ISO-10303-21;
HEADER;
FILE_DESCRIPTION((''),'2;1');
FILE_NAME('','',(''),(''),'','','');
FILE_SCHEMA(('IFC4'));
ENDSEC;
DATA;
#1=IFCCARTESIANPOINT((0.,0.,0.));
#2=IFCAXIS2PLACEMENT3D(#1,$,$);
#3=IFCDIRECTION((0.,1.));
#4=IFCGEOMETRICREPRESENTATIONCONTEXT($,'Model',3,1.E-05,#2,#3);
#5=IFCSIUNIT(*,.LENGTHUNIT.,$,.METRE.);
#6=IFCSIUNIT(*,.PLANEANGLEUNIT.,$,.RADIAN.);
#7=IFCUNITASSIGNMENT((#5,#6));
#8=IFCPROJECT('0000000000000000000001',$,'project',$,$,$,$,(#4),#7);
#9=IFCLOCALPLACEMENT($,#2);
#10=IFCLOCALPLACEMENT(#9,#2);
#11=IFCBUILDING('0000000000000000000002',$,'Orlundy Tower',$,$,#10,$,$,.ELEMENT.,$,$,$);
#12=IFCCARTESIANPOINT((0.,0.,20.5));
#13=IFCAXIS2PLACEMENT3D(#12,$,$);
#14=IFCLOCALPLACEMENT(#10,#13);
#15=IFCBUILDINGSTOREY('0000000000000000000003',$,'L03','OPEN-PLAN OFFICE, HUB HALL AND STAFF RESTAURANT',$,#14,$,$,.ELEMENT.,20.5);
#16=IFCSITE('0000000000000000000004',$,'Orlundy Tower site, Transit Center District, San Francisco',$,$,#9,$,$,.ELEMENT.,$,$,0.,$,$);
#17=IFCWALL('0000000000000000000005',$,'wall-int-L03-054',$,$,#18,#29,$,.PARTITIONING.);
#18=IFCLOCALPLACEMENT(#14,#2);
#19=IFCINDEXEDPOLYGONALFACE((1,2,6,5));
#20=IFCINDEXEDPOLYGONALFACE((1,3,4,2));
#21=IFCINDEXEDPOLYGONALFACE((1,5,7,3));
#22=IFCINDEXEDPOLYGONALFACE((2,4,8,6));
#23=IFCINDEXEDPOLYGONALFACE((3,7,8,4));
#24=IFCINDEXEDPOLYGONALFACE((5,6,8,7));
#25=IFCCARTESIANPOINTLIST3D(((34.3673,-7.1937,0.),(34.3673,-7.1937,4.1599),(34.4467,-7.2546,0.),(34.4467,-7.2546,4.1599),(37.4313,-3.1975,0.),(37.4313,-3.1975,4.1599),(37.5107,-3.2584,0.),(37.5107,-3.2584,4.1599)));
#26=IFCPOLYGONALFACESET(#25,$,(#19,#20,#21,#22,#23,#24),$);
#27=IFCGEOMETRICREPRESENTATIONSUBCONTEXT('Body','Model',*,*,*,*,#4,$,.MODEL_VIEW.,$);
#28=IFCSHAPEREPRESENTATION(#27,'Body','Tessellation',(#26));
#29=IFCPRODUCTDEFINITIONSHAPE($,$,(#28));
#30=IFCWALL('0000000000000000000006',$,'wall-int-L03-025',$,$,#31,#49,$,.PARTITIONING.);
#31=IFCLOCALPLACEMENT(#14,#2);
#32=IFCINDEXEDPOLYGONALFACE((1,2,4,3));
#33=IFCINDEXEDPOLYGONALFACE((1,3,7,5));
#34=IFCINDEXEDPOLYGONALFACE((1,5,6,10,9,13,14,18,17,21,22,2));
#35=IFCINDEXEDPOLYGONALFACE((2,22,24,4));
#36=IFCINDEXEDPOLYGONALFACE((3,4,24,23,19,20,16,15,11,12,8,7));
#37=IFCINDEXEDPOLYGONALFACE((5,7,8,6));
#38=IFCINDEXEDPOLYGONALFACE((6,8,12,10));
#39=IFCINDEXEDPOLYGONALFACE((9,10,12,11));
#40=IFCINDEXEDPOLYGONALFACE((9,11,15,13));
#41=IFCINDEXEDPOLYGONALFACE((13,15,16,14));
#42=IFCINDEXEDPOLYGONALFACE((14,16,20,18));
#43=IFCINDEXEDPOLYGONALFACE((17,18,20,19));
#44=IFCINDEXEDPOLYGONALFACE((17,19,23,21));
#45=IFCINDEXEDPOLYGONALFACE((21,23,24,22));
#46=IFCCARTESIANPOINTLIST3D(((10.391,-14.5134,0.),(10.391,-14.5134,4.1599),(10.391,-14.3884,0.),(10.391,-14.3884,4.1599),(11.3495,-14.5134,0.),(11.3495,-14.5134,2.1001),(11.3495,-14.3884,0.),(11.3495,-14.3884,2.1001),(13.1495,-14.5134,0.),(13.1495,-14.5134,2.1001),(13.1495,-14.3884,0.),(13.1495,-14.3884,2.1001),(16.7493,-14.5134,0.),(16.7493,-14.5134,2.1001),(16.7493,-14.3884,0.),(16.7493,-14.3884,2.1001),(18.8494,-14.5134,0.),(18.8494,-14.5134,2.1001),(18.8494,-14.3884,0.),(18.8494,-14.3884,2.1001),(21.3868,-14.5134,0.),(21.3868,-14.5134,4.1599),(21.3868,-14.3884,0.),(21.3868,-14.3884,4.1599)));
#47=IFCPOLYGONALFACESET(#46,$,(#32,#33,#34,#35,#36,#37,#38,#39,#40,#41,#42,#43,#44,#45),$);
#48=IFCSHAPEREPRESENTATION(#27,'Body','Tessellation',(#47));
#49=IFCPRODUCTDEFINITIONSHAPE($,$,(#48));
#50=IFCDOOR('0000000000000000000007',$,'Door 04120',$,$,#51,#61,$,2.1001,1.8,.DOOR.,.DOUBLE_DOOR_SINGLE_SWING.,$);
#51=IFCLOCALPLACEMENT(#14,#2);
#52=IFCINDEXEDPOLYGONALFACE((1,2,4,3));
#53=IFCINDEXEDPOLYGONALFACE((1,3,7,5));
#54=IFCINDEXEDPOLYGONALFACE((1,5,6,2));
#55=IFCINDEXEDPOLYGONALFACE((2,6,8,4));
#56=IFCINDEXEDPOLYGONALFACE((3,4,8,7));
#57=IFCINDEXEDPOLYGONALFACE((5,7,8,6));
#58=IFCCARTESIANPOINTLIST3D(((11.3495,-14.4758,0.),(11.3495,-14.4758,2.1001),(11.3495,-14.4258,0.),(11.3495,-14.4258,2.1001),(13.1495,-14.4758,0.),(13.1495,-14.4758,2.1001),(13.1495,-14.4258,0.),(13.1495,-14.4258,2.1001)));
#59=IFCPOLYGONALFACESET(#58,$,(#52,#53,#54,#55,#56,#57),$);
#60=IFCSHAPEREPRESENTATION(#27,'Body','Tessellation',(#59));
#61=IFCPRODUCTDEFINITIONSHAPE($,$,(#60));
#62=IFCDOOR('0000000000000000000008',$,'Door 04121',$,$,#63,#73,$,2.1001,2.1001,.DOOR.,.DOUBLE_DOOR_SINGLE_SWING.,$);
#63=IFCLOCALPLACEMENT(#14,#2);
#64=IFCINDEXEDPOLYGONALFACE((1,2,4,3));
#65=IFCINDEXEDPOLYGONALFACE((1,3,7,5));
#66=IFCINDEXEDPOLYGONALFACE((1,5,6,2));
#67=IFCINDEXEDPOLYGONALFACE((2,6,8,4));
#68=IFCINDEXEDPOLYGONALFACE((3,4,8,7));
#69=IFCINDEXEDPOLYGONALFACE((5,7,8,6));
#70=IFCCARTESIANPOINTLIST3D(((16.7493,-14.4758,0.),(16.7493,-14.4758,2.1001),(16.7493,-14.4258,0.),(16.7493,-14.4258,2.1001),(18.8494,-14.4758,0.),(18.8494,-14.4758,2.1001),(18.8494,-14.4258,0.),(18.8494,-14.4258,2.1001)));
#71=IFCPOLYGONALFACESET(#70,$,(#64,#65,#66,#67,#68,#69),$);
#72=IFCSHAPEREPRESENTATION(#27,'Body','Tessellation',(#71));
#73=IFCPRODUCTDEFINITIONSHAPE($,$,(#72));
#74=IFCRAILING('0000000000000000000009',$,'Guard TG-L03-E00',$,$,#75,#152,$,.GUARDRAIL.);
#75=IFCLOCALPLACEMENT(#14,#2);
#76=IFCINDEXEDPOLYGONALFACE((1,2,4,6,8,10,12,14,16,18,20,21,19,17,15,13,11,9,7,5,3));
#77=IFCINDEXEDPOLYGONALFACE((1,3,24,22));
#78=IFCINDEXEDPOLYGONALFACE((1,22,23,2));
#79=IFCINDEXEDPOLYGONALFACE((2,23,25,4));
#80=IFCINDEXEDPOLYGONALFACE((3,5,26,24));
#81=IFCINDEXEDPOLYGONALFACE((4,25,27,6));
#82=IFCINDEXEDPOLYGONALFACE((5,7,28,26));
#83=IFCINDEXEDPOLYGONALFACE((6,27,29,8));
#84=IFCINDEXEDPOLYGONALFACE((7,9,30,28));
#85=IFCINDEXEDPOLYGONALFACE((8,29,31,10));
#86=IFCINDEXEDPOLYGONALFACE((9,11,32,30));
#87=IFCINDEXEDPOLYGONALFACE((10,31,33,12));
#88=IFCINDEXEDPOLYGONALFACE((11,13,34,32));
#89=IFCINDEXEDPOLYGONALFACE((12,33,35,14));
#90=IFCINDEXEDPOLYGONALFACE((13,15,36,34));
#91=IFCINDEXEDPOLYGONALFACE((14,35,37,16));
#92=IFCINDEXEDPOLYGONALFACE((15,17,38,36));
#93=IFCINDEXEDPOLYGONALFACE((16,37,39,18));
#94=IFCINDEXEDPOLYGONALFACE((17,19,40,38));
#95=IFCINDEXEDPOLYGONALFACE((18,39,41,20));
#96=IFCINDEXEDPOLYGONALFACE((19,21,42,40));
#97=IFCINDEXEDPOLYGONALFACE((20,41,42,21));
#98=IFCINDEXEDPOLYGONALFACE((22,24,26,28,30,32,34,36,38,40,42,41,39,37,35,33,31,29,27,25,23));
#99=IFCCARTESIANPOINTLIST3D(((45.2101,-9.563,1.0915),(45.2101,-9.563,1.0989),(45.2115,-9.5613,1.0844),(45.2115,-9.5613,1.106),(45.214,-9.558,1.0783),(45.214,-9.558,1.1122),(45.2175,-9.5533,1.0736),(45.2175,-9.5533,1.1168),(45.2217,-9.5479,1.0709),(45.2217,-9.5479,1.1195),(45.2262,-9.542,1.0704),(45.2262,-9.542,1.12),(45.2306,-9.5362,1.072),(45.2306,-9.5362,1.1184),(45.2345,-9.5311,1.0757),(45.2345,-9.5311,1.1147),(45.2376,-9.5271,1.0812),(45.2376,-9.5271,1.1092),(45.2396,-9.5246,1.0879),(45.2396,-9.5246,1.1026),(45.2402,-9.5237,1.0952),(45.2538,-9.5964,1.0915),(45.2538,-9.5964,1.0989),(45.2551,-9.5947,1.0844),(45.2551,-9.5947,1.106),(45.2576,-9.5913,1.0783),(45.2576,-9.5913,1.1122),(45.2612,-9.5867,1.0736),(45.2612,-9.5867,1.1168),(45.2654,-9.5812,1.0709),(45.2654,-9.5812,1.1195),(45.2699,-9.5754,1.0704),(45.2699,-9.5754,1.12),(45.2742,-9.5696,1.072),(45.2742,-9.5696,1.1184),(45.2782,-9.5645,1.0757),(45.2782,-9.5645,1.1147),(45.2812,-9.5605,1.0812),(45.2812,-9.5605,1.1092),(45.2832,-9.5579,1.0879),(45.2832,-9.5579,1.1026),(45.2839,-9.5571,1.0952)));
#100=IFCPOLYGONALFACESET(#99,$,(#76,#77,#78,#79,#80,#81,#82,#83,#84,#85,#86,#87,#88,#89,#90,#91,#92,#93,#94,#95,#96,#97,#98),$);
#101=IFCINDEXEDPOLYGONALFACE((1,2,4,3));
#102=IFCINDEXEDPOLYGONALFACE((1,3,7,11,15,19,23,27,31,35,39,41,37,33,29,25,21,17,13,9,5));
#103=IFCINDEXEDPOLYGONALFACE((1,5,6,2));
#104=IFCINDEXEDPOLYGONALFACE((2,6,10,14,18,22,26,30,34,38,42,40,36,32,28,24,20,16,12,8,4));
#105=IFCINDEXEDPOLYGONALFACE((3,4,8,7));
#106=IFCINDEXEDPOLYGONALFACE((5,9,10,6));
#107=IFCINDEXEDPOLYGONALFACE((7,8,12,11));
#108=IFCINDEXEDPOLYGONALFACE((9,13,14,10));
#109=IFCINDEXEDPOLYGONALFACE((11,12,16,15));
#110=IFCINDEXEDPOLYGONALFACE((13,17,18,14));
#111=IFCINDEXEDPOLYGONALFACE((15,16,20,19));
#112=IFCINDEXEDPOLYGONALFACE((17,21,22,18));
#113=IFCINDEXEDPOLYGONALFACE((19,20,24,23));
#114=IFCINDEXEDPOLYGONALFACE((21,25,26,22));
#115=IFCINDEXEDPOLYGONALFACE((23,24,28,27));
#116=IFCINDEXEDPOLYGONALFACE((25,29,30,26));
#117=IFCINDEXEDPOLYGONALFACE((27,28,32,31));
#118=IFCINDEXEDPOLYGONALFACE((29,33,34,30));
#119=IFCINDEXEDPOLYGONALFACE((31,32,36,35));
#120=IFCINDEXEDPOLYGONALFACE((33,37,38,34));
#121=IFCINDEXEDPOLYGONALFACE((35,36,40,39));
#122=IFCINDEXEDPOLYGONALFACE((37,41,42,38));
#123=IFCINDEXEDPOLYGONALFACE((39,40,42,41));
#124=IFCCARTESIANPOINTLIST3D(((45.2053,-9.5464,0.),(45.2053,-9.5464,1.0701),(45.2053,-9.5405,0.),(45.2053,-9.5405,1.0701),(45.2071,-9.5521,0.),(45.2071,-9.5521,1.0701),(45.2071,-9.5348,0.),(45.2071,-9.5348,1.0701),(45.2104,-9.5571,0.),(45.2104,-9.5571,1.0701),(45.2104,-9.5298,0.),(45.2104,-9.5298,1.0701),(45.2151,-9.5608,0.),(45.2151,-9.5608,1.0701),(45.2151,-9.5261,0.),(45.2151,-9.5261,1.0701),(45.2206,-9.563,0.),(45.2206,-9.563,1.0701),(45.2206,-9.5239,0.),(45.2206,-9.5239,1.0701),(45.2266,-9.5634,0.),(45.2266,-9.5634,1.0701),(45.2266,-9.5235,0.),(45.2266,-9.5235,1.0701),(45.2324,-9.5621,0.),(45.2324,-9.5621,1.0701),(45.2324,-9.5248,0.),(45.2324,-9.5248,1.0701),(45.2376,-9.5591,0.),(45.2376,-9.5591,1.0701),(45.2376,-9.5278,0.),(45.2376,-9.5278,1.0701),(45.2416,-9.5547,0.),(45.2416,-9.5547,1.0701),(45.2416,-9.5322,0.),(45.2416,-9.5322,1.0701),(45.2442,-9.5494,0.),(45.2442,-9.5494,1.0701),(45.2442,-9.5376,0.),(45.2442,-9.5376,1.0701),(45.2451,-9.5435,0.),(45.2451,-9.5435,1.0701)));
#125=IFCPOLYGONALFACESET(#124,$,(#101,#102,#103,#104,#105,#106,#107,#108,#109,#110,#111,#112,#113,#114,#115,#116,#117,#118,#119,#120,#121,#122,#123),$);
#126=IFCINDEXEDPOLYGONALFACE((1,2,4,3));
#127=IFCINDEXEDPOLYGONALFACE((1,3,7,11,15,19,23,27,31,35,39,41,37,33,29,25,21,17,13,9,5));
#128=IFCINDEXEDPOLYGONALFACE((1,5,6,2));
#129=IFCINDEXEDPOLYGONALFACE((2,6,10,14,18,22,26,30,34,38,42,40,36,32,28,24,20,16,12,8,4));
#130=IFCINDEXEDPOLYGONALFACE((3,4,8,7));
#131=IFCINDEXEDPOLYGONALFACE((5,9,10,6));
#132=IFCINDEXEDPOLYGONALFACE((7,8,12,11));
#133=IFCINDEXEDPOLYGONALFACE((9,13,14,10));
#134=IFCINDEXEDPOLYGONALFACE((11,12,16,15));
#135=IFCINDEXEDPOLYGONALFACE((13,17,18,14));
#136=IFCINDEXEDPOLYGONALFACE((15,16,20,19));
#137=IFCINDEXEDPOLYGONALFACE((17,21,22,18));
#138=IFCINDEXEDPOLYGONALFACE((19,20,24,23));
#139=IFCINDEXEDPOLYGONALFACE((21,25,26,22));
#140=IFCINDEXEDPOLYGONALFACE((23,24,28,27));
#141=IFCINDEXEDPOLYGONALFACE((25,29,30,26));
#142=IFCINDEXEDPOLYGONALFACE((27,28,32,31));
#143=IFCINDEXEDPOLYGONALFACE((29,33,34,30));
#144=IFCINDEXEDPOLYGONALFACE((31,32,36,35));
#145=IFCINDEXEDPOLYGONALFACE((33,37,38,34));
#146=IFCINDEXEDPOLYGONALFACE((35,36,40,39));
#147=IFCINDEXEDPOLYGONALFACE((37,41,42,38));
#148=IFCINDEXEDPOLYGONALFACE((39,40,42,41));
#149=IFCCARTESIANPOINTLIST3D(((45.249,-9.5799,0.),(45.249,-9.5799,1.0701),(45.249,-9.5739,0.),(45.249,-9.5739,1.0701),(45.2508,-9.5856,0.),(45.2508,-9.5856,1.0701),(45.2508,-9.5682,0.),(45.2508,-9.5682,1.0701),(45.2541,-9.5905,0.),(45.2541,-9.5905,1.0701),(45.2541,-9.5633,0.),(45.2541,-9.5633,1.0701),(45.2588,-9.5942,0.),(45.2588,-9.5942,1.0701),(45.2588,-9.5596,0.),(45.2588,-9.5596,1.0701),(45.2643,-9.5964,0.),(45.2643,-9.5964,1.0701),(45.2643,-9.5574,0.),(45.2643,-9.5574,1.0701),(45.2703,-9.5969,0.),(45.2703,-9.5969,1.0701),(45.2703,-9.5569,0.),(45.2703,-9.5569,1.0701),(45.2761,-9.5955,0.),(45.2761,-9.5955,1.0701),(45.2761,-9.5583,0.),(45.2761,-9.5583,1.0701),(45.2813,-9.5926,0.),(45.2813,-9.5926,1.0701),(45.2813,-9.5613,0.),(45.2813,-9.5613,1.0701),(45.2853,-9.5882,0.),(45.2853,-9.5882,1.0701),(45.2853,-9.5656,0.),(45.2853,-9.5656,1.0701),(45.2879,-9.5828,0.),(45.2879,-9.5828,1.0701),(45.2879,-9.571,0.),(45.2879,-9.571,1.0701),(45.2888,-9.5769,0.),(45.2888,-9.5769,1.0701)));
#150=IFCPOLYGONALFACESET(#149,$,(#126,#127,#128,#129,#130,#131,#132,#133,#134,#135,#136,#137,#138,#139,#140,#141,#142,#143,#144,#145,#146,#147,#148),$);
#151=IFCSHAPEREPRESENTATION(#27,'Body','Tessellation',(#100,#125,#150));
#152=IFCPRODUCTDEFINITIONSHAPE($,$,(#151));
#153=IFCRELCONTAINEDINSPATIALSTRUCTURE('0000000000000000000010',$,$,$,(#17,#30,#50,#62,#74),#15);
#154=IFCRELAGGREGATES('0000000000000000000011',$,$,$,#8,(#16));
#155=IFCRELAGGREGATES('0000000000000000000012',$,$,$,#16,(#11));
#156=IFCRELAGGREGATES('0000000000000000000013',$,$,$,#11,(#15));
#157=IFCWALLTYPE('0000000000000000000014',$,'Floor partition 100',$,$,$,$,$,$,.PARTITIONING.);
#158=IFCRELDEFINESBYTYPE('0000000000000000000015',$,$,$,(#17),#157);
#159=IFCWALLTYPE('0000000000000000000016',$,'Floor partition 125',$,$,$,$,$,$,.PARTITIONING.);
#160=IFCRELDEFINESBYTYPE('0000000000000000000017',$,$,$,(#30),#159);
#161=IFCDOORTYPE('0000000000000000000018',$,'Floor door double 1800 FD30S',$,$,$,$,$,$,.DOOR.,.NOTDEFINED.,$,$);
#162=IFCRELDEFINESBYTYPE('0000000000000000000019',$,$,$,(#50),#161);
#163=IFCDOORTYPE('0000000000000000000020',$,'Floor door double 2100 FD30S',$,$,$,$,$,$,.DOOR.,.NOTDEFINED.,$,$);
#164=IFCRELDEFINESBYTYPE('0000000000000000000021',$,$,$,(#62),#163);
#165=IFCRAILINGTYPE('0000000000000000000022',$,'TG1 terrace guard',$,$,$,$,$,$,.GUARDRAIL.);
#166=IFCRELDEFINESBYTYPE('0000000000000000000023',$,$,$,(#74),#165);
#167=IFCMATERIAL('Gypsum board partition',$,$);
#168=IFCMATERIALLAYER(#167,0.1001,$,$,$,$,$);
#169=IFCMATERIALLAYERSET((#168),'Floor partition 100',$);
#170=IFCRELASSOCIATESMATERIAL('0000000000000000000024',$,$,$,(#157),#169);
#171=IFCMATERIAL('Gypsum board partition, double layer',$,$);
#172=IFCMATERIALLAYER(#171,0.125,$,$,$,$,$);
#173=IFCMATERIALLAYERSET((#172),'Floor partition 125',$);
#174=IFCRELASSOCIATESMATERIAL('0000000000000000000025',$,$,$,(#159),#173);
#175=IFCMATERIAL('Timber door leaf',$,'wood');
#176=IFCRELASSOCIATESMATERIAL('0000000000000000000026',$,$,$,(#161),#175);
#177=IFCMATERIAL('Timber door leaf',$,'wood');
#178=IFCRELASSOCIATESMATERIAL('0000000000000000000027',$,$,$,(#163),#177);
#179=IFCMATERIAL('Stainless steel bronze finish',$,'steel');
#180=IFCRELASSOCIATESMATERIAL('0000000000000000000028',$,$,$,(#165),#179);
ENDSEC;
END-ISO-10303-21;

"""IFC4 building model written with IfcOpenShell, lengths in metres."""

from ifc_helpers import new_model, si_unit, direction, frame, frame_2d, origin, origin_2d, place, context, subcontext, project, spatial, rectangle, circle, extrude, material, layer, layer_set, type_object, element, fill, save


model = new_model("IFC4")

# Units and contexts
model_context = context("Model", 3, precision=1e-05, world=origin(), true_north=direction((0.0, 1.0)))
body_context = subcontext(model_context, "Body", "Model", "MODEL_VIEW")
ifc_project = project(units=[si_unit("LENGTHUNIT", "METRE"), si_unit("PLANEANGLEUNIT", "RADIAN")], contexts=[model_context])

# Site, building, storey
site_placement = place(None, origin())
site = spatial("IfcSite", under=ifc_project, at=site_placement, Name="Orlundy Tower site, Transit Center District, San Francisco", CompositionType="ELEMENT", RefElevation=0.0)
building_placement = place(site_placement, origin())
building = spatial("IfcBuilding", under=site, at=building_placement, Name="Orlundy Tower", CompositionType="ELEMENT")
storey_placement = place(building_placement, frame((0.0, 0.0, 20.5)))
storey = spatial("IfcBuildingStorey", under=building, at=storey_placement, Name="L03", Description="OPEN-PLAN OFFICE, HUB HALL AND STAFF RESTAURANT", CompositionType="ELEMENT", Elevation=20.5)

# Shared definitions
ifc_material_1 = material(Name="Gypsum board partition")
ifc_layer_1 = layer(ifc_material_1, 0.1001)
ifc_layer_set_1 = layer_set([ifc_layer_1], Name="Floor partition 100")
wall_type_1 = type_object("IfcWallType", Name="Floor partition 100", PredefinedType="PARTITIONING", material=ifc_layer_set_1)

# Wall
wall_1_placement = place(storey_placement, frame((34.407, -7.2241, 0.0), z_axis=(0.0, 0.0, 1.0), x_axis=(0.608468, 0.793578, 0.0)))
element("IfcWall", 1, at=wall_1_placement, inside=storey, type_object=wall_type_1, Name="wall-int-L03-054", PredefinedType="PARTITIONING", context=body_context, shape_type="SweptSolid", body=[
    extrude(rectangle(XDim=5.0356, YDim=0.1001, at=frame_2d((2.5178, 0.0))), origin(), (0.0, 0.0, 1.0), 4.1599),
])

# Wall, openings, doors
ifc_material_2 = material(Name="Gypsum board partition, double layer")
ifc_layer_2 = layer(ifc_material_2, 0.125)
ifc_layer_set_2 = layer_set([ifc_layer_2], Name="Floor partition 125")
wall_type_2 = type_object("IfcWallType", Name="Floor partition 125", PredefinedType="PARTITIONING", material=ifc_layer_set_2)
wall_2_placement = place(storey_placement, frame((21.387, -14.4509, 0.0), z_axis=(0.0, 0.0, 1.0), x_axis=(-1.0, 0.0, 0.0)))
wall_2 = element("IfcWall", 2, at=wall_2_placement, inside=storey, type_object=wall_type_2, Name="wall-int-L03-025", PredefinedType="PARTITIONING", context=body_context, shape_type="SweptSolid", body=[
    extrude(rectangle(XDim=10.9958, YDim=0.125, at=frame_2d((5.498, 0.0))), origin(), (0.0, 0.0, 1.0), 4.1599),
])
opening_1_placement = place(wall_2_placement, frame((8.2375, 0.0, 0.0)))
opening_1 = element("IfcOpeningElement", 3, at=opening_1_placement, cuts=wall_2, PredefinedType="OPENING", context=body_context, shape_type="SweptSolid", body=[
    extrude(rectangle(XDim=1.8, YDim=2.1001, at=frame_2d((0.8999, 1.05))), frame((0.0, 0.0725, 0.0), z_axis=(0.0, -1.0, 0.0), x_axis=(1.0, 0.0, 0.0)), (0.0, 0.0, 1.0), 0.145),
])
opening_2_placement = place(wall_2_placement, frame((2.5376, 0.0, 0.0)))
opening_2 = element("IfcOpeningElement", 4, at=opening_2_placement, cuts=wall_2, PredefinedType="OPENING", context=body_context, shape_type="SweptSolid", body=[
    extrude(rectangle(XDim=2.1001, YDim=2.1001, at=frame_2d((1.05, 1.05))), frame((0.0, 0.0725, 0.0), z_axis=(0.0, -1.0, 0.0), x_axis=(1.0, 0.0, 0.0)), (0.0, 0.0, 1.0), 0.145),
])
ifc_material_3 = material(Name="Timber door leaf", Category="wood")
door_type_1 = type_object("IfcDoorType", Name="Floor door double 1800 FD30S", OperationType="NOTDEFINED", PredefinedType="DOOR", material=ifc_material_3)
door_1_placement = place(opening_1_placement, origin())
door_1 = element("IfcDoor", 5, at=door_1_placement, inside=storey, type_object=door_type_1, Name="Door 04120", OperationType="DOUBLE_DOOR_SINGLE_SWING", OverallHeight=2.1001, OverallWidth=1.8, PredefinedType="DOOR", context=body_context, shape_type="SweptSolid", body=[
    extrude(rectangle(XDim=1.8, YDim=2.1001, at=frame_2d((0.8999, 1.05))), frame((0.0, 0.0249, 0.0), z_axis=(0.0, -1.0, 0.0), x_axis=(1.0, 0.0, 0.0)), (0.0, 0.0, 1.0), 0.05),
])
fill(opening_1, door_1)
ifc_material_4 = material(Name="Timber door leaf", Category="wood")
door_type_2 = type_object("IfcDoorType", Name="Floor door double 2100 FD30S", OperationType="NOTDEFINED", PredefinedType="DOOR", material=ifc_material_4)
door_2_placement = place(opening_2_placement, origin())
door_2 = element("IfcDoor", 6, at=door_2_placement, inside=storey, type_object=door_type_2, Name="Door 04121", OperationType="DOUBLE_DOOR_SINGLE_SWING", OverallHeight=2.1001, OverallWidth=2.1001, PredefinedType="DOOR", context=body_context, shape_type="SweptSolid", body=[
    extrude(rectangle(XDim=2.1001, YDim=2.1001, at=frame_2d((1.05, 1.05))), frame((0.0, 0.0249, 0.0), z_axis=(0.0, -1.0, 0.0), x_axis=(1.0, 0.0, 0.0)), (0.0, 0.0, 1.0), 0.05),
])
fill(opening_2, door_2)

# Railing
ifc_material_5 = material(Name="Stainless steel bronze finish", Category="steel")
railing_type = type_object("IfcRailingType", Name="TG1 terrace guard", PredefinedType="GUARDRAIL", material=ifc_material_5)
railing_placement = place(storey_placement, frame((45.2251, -9.5435, 0.0)))
element("IfcRailing", 7, at=railing_placement, inside=storey, type_object=railing_type, Name="Guard TG-L03-E00", PredefinedType="GUARDRAIL", context=body_context, shape_type="SweptSolid", body=[
    extrude(circle(Radius=0.0249, at=origin_2d()), frame((0.0, 0.0, 1.0952), z_axis=(0.794106, -0.607779, 0.0), x_axis=(0.607779, 0.794106, 0.0)), (0.0, 0.0, 1.0), 0.0549),
    extrude(circle(Radius=0.02, at=origin_2d()), origin(), (0.0, 0.0, 1.0), 1.0701),
    extrude(circle(Radius=0.02, at=origin_2d()), frame((0.0437, -0.0334, 0.0)), (0.0, 0.0, 1.0), 1.0701),
])

save(model, "model.ifc")
